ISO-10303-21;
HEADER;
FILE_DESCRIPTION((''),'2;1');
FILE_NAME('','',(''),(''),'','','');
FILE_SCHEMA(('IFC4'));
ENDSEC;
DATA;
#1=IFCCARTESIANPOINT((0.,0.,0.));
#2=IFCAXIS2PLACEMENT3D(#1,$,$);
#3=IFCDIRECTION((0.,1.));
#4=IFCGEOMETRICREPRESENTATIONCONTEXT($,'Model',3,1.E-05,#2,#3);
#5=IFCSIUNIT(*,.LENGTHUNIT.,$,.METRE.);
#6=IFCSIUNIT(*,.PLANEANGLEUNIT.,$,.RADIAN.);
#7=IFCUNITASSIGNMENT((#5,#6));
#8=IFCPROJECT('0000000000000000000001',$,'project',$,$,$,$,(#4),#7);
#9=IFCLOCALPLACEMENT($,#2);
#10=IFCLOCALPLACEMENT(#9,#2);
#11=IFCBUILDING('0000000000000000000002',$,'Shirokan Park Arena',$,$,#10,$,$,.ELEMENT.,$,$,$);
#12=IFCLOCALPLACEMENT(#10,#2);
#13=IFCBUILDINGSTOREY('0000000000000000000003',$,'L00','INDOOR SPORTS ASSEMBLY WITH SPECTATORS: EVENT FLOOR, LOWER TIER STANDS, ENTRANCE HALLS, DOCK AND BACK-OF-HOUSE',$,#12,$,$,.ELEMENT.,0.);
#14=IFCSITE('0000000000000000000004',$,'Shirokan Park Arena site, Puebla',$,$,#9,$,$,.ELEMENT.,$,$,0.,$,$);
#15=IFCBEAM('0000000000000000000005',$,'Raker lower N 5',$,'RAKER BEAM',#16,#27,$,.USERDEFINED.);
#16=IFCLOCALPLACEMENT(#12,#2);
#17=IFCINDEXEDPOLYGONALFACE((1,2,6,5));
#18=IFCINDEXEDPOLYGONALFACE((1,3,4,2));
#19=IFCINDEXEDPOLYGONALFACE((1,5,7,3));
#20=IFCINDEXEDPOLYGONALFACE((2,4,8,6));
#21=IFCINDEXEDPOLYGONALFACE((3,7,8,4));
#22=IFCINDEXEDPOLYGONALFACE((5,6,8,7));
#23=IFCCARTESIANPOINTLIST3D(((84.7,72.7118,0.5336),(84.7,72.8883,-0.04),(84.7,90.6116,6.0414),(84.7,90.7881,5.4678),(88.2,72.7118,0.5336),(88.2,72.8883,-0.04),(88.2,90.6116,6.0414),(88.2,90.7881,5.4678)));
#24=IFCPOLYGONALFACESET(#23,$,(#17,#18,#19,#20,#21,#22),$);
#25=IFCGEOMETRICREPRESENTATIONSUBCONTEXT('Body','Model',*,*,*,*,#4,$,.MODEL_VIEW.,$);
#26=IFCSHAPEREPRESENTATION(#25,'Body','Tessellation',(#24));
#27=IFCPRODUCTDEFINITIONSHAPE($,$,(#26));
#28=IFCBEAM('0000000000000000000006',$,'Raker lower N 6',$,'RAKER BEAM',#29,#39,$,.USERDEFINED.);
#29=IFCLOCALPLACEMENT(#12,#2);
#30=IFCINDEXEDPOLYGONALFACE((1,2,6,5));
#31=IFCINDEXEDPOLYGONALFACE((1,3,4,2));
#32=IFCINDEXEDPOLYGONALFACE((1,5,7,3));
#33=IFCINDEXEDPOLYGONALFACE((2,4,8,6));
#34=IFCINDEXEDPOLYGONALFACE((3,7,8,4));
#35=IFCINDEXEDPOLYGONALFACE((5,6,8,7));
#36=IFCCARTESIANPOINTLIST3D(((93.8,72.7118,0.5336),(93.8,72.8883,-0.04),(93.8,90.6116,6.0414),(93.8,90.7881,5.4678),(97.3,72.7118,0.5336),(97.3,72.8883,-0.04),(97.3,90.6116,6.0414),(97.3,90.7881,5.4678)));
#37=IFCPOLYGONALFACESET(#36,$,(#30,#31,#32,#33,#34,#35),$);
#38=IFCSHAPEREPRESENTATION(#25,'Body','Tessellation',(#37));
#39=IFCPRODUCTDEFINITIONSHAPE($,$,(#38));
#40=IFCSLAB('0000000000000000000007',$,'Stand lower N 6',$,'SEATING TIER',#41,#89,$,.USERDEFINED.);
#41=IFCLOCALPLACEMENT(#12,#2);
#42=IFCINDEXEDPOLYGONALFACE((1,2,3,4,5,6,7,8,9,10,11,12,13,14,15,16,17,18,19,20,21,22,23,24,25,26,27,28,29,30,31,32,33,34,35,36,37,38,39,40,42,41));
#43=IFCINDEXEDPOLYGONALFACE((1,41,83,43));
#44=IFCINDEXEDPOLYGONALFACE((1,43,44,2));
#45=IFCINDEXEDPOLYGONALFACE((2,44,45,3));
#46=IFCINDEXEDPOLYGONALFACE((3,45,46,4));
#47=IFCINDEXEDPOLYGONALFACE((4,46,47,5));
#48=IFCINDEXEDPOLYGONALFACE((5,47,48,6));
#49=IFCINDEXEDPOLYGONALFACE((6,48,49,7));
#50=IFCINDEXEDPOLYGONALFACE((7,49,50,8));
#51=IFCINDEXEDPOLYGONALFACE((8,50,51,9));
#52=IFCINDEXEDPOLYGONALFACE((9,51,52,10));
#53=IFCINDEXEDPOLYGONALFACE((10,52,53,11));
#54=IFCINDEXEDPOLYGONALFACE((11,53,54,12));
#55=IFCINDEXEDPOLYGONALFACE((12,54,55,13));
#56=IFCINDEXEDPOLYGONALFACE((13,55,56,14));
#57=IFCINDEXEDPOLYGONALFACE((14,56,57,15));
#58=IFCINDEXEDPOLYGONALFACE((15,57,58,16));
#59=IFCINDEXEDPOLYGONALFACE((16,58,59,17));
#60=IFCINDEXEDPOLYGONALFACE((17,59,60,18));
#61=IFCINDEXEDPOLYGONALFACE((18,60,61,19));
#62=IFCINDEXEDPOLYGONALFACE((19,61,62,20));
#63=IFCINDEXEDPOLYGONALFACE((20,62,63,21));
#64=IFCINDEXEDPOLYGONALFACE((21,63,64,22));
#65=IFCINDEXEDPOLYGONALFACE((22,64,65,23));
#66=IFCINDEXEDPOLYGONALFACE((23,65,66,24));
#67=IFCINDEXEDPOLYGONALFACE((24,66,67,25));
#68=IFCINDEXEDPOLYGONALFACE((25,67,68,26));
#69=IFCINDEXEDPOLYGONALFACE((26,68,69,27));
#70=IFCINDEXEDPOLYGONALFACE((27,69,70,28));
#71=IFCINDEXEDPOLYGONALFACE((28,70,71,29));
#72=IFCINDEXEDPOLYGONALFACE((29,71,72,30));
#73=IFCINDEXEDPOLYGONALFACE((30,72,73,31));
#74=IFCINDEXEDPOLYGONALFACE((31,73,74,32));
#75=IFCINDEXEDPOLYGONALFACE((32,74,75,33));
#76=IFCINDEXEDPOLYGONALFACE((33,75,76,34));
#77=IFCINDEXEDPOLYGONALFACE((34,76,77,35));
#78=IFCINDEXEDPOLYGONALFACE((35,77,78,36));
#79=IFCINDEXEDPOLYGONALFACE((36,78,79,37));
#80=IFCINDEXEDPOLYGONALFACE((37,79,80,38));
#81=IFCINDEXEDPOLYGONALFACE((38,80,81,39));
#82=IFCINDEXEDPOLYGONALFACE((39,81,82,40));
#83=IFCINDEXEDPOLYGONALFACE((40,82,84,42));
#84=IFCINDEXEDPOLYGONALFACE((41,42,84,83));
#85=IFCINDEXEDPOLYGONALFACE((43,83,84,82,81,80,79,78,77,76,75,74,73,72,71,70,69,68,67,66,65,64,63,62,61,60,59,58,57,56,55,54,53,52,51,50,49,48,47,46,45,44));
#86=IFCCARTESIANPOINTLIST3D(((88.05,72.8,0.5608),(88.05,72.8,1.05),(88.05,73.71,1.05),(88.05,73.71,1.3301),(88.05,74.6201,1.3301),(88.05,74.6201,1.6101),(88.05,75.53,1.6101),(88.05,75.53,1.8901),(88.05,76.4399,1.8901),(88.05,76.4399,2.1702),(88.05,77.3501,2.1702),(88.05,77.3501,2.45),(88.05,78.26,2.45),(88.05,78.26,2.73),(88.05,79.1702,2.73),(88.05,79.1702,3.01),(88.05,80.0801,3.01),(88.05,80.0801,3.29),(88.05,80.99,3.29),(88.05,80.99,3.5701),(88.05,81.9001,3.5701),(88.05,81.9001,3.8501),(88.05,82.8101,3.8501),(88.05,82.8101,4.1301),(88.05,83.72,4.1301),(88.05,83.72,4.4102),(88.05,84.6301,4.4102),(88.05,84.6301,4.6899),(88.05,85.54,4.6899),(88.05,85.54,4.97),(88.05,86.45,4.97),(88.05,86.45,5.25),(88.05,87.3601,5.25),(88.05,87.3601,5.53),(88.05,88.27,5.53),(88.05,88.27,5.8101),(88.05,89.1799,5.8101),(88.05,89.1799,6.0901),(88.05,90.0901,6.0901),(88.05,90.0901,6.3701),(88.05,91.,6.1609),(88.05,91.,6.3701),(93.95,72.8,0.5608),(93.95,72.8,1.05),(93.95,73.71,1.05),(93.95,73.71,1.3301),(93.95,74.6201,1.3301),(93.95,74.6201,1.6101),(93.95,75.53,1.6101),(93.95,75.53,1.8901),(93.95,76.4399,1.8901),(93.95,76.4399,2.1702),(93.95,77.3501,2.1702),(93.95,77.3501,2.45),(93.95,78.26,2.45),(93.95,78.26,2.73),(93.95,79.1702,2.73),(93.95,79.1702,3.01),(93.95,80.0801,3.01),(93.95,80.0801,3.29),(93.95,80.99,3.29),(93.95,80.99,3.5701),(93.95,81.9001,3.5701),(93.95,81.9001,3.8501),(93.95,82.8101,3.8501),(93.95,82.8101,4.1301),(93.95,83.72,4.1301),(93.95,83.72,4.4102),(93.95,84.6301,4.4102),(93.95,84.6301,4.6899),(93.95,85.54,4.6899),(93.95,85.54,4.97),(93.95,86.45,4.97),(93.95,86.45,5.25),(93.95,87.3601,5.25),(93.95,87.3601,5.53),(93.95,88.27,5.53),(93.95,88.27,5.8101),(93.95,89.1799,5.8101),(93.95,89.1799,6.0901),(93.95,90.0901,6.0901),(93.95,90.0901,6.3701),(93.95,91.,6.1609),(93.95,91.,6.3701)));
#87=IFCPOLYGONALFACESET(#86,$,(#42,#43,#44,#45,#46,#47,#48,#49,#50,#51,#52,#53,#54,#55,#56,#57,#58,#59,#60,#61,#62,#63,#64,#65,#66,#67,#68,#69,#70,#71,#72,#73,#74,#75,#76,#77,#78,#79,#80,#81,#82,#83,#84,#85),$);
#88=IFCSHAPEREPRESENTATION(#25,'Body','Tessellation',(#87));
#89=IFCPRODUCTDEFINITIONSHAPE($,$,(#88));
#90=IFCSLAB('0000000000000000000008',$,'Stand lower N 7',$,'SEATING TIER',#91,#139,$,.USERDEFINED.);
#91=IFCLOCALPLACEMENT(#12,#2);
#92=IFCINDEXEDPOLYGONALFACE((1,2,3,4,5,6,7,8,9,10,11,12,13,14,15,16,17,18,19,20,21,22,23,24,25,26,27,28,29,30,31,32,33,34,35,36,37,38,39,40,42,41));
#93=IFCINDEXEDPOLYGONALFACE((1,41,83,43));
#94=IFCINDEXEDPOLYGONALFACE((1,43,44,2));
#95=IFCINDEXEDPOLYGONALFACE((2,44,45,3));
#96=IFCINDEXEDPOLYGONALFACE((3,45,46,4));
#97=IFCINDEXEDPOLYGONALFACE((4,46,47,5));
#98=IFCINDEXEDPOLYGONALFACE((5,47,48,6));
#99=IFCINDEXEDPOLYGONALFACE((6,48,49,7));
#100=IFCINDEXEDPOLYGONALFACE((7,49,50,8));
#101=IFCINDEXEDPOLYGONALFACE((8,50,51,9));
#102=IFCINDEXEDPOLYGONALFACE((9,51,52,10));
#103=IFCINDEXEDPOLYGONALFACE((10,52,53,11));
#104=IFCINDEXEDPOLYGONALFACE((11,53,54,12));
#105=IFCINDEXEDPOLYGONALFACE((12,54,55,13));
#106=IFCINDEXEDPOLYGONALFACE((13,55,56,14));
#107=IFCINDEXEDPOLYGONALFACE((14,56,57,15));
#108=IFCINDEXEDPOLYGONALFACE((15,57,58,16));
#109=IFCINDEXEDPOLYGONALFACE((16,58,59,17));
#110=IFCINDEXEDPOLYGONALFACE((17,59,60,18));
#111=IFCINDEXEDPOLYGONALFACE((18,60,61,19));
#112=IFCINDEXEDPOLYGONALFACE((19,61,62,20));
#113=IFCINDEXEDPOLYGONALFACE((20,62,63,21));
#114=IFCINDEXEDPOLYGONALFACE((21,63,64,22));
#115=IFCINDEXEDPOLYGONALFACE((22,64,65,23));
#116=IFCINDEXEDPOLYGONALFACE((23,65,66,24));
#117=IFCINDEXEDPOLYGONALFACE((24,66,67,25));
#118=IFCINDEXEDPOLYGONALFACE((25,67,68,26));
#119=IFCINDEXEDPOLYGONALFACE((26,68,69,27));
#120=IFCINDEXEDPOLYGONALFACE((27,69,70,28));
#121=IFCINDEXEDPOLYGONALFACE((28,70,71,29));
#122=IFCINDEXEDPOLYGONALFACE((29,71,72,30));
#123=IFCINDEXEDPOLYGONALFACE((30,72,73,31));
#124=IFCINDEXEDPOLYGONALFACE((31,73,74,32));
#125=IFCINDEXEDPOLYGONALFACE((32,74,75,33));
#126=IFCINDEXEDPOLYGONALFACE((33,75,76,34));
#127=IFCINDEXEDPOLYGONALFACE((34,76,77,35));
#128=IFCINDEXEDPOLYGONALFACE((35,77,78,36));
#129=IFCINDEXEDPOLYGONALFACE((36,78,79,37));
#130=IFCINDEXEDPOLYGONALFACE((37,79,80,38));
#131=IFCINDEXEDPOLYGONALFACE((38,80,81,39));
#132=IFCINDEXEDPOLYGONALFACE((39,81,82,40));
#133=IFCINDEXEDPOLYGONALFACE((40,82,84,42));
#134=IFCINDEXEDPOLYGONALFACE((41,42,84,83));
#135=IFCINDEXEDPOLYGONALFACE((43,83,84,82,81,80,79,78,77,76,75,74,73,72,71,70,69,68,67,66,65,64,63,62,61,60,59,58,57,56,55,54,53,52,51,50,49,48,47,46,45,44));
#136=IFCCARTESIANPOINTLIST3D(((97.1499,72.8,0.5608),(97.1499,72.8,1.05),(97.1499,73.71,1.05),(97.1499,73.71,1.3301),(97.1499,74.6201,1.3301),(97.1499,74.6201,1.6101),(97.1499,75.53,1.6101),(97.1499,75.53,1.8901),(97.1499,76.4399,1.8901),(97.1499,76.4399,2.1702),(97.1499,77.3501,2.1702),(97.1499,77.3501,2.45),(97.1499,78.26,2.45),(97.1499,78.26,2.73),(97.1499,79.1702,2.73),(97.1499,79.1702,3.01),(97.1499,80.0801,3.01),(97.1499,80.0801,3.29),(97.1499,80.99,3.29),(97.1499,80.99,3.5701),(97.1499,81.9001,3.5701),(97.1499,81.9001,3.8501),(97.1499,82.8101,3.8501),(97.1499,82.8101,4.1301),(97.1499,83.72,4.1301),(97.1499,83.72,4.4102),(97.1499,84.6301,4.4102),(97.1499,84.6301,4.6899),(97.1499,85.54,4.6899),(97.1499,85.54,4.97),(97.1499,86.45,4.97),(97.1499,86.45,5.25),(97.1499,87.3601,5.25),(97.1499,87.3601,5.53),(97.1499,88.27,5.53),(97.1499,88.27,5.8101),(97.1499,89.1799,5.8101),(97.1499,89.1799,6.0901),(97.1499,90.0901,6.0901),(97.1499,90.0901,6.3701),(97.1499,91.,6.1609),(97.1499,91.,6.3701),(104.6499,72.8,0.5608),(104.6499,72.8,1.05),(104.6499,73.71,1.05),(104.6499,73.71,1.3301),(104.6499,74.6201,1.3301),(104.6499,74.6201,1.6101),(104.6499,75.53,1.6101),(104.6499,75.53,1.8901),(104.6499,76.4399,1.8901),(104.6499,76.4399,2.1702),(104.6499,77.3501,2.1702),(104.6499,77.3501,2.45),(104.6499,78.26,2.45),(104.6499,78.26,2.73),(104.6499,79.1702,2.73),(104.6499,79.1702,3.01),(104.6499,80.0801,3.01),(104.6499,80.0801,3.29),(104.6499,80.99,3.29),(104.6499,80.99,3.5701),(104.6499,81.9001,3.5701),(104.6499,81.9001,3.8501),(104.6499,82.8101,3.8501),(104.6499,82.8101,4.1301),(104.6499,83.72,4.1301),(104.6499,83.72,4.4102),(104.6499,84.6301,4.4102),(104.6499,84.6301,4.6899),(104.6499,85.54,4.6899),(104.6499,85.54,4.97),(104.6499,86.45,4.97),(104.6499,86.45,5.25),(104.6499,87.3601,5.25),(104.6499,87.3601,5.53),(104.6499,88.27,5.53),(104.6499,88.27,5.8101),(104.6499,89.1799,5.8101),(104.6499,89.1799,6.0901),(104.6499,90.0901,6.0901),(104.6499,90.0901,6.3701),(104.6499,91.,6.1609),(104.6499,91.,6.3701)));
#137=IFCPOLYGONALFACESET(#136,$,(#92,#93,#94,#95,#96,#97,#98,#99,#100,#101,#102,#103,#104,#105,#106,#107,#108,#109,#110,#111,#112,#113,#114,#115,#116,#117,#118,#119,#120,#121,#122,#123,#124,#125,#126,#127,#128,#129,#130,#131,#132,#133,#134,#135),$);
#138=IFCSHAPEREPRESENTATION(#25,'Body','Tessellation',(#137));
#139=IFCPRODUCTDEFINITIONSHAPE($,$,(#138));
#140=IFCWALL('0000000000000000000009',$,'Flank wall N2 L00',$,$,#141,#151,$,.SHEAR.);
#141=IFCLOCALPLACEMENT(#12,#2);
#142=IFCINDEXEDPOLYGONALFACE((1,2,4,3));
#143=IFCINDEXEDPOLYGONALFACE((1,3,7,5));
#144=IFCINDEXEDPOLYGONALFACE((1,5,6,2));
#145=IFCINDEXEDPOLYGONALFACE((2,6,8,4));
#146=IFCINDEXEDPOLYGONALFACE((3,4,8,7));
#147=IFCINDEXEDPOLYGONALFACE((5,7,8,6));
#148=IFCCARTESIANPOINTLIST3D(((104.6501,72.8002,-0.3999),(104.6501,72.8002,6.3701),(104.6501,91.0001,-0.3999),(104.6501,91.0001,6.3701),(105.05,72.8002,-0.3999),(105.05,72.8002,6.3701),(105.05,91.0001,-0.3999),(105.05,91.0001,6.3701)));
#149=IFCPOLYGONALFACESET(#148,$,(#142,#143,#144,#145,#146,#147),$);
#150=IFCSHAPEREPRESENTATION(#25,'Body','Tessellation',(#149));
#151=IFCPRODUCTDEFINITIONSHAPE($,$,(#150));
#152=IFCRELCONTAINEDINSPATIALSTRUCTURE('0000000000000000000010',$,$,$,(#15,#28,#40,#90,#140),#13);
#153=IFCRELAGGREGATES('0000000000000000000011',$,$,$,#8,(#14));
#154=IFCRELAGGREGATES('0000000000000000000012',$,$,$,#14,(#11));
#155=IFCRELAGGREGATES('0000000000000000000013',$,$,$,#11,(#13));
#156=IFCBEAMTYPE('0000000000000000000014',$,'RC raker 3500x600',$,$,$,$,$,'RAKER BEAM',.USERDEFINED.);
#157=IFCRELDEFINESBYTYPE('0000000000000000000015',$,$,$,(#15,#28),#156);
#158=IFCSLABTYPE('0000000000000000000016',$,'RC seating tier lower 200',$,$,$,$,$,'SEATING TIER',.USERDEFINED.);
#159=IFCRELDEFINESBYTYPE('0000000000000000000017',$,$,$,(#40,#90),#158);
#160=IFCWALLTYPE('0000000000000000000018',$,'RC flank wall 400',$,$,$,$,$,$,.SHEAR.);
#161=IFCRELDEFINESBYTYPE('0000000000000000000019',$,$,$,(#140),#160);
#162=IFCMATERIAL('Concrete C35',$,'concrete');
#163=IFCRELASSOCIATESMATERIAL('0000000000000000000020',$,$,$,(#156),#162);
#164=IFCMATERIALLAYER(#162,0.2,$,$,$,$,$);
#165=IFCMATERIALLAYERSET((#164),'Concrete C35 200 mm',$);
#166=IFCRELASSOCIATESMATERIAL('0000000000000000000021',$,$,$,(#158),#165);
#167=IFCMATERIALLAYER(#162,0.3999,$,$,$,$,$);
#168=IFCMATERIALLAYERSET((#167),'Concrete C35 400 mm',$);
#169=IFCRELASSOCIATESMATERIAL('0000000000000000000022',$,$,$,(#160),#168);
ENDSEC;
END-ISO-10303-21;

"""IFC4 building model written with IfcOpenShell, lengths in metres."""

from ifc_helpers import new_model, si_unit, direction, frame, frame_2d, origin, origin_2d, place, context, subcontext, project, spatial, polyline, rectangle, outline, extrude, material, layer, layer_set, material_profile, profile_set, type_object, element, save


model = new_model("IFC4")

# Units and contexts
model_context = context("Model", 3, precision=1e-05, world=origin(), true_north=direction((0.0, 1.0)))
body_context = subcontext(model_context, "Body", "Model", "MODEL_VIEW")
ifc_project = project(units=[si_unit("LENGTHUNIT", "METRE"), si_unit("PLANEANGLEUNIT", "RADIAN")], contexts=[model_context])

# Site, building, storey
site_placement = place(None, origin())
site = spatial("IfcSite", under=ifc_project, at=site_placement, Name="Shirokan Park Arena site, Puebla", CompositionType="ELEMENT", RefElevation=0.0)
building_placement = place(site_placement, origin())
building = spatial("IfcBuilding", under=site, at=building_placement, Name="Shirokan Park Arena", CompositionType="ELEMENT")
storey_placement = place(building_placement, origin())
storey = spatial("IfcBuildingStorey", under=building, at=storey_placement, Name="L00", Description="INDOOR SPORTS ASSEMBLY WITH SPECTATORS: EVENT FLOOR, LOWER TIER STANDS, ENTRANCE HALLS, DOCK AND BACK-OF-HOUSE", CompositionType="ELEMENT", Elevation=0.0)

# Beams
ifc_material_1 = material(Name="Concrete C35", Category="concrete")
ifc_material_profile_1 = material_profile(ifc_material_1, rectangle(XDim=3.5, YDim=0.6001, at=origin_2d()), Name="3500x600")
ifc_profile_set_1 = profile_set([ifc_material_profile_1], Name="Concrete C35")
beam_type_1 = type_object("IfcBeamType", Name="RC raker 3500x600", ElementType="RAKER BEAM", PredefinedType="USERDEFINED", material=ifc_profile_set_1)
for number, where, z_axis, x_axis, name in (
    (1, (86.45, 72.8, 0.2468), (0.0, 0.955777, 0.294093), (-1.0, 0.0, 0.0), "Raker lower N 5"),
    (2, (95.55, 72.8, 0.2468), (0.0, 0.955777, 0.294093), (-1.0, 0.0, 0.0), "Raker lower N 6"),
):
    element("IfcBeam", number, at=place(storey_placement, frame(where, z_axis=z_axis, x_axis=x_axis)), inside=storey, type_object=beam_type_1, Name=name, ObjectType="RAKER BEAM", PredefinedType="USERDEFINED", context=body_context, shape_type="SweptSolid", body=[
        extrude(rectangle(XDim=3.5, YDim=0.6001, at=origin_2d()), origin(), (0.0, 0.0, 1.0), 18.728),
    ])

# Slabs
ifc_layer_1 = layer(ifc_material_1, 0.2)
ifc_layer_set_1 = layer_set([ifc_layer_1], Name="Concrete C35 200 mm")
slab_type = type_object("IfcSlabType", Name="RC seating tier lower 200", ElementType="SEATING TIER", PredefinedType="USERDEFINED", material=ifc_layer_set_1)
slab_1_placement = place(storey_placement, frame((91.0, 72.8, 1.05), z_axis=(0.0, 0.0, 1.0), x_axis=(0.0, 1.0, 0.0)))
element("IfcSlab", 3, at=slab_1_placement, inside=storey, type_object=slab_type, Name="Stand lower N 6", ObjectType="SEATING TIER", PredefinedType="USERDEFINED", context=body_context, shape_type="SweptSolid", body=[
    extrude(outline(polyline([(0.0, 0.0), (0.9099, 0.0), (0.9099, 0.28), (1.8201, 0.28), (1.8201, 0.5601), (2.73, 0.5601), (2.73, 0.8401), (3.6399, 0.8401), (3.6399, 1.1201), (4.55, 1.1201), (4.55, 1.3999), (5.46, 1.3999), (5.46, 1.6799), (6.3701, 1.6799), (6.3701, 1.96), (7.28, 1.96), (7.28, 2.24), (8.1899, 2.24), (8.1899, 2.52), (9.1001, 2.52), (9.1001, 2.8), (10.01, 2.8), (10.01, 3.0801), (10.9199, 3.0801), (10.9199, 3.3601), (11.8301, 3.3601), (11.8301, 3.6399), (12.74, 3.6399), (12.74, 3.9199), (13.6499, 3.9199), (13.6499, 4.2), (14.5601, 4.2), (14.5601, 4.48), (15.47, 4.48), (15.47, 4.76), (16.3799, 4.76), (16.3799, 5.04), (17.29, 5.04), (17.29, 5.3201), (18.2, 5.3201), (18.2, 5.1108), (0.0, -0.4893), (0.0, 0.0)])), frame((0.0, 2.95, 0.0), z_axis=(0.0, -1.0, 0.0), x_axis=(1.0, 0.0, 0.0)), (0.0, 0.0, 1.0), 5.8999),
])
slab_2_placement = place(storey_placement, frame((100.8999, 72.8, 1.05), z_axis=(0.0, 0.0, 1.0), x_axis=(0.0, 1.0, 0.0)))
element("IfcSlab", 4, at=slab_2_placement, inside=storey, type_object=slab_type, Name="Stand lower N 7", ObjectType="SEATING TIER", PredefinedType="USERDEFINED", context=body_context, shape_type="SweptSolid", body=[
    extrude(outline(polyline([(0.0, 0.0), (0.9099, 0.0), (0.9099, 0.28), (1.8201, 0.28), (1.8201, 0.5601), (2.73, 0.5601), (2.73, 0.8401), (3.6399, 0.8401), (3.6399, 1.1201), (4.55, 1.1201), (4.55, 1.3999), (5.46, 1.3999), (5.46, 1.6799), (6.3701, 1.6799), (6.3701, 1.96), (7.28, 1.96), (7.28, 2.24), (8.1899, 2.24), (8.1899, 2.52), (9.1001, 2.52), (9.1001, 2.8), (10.01, 2.8), (10.01, 3.0801), (10.9199, 3.0801), (10.9199, 3.3601), (11.8301, 3.3601), (11.8301, 3.6399), (12.74, 3.6399), (12.74, 3.9199), (13.6499, 3.9199), (13.6499, 4.2), (14.5601, 4.2), (14.5601, 4.48), (15.47, 4.48), (15.47, 4.76), (16.3799, 4.76), (16.3799, 5.04), (17.29, 5.04), (17.29, 5.3201), (18.2, 5.3201), (18.2, 5.1108), (0.0, -0.4893), (0.0, 0.0)])), frame((0.0, 3.75, 0.0), z_axis=(0.0, -1.0, 0.0), x_axis=(1.0, 0.0, 0.0)), (0.0, 0.0, 1.0), 7.5),
])

# Wall
ifc_layer_2 = layer(ifc_material_1, 0.3999)
ifc_layer_set_2 = layer_set([ifc_layer_2], Name="Concrete C35 400 mm")
wall_type = type_object("IfcWallType", Name="RC flank wall 400", PredefinedType="SHEAR", material=ifc_layer_set_2)
wall_placement = place(storey_placement, frame((104.8501, 72.8, -0.3999), z_axis=(0.0, 0.0, 1.0), x_axis=(0.0, 1.0, 0.0)))
element("IfcWall", 5, at=wall_placement, inside=storey, type_object=wall_type, Name="Flank wall N2 L00", PredefinedType="SHEAR", context=body_context, shape_type="SweptSolid", body=[
    extrude(rectangle(XDim=18.2, YDim=0.3999, at=frame_2d((9.1001, 0.0))), origin(), (0.0, 0.0, 1.0), 6.77),
])

save(model, "model.ifc")
